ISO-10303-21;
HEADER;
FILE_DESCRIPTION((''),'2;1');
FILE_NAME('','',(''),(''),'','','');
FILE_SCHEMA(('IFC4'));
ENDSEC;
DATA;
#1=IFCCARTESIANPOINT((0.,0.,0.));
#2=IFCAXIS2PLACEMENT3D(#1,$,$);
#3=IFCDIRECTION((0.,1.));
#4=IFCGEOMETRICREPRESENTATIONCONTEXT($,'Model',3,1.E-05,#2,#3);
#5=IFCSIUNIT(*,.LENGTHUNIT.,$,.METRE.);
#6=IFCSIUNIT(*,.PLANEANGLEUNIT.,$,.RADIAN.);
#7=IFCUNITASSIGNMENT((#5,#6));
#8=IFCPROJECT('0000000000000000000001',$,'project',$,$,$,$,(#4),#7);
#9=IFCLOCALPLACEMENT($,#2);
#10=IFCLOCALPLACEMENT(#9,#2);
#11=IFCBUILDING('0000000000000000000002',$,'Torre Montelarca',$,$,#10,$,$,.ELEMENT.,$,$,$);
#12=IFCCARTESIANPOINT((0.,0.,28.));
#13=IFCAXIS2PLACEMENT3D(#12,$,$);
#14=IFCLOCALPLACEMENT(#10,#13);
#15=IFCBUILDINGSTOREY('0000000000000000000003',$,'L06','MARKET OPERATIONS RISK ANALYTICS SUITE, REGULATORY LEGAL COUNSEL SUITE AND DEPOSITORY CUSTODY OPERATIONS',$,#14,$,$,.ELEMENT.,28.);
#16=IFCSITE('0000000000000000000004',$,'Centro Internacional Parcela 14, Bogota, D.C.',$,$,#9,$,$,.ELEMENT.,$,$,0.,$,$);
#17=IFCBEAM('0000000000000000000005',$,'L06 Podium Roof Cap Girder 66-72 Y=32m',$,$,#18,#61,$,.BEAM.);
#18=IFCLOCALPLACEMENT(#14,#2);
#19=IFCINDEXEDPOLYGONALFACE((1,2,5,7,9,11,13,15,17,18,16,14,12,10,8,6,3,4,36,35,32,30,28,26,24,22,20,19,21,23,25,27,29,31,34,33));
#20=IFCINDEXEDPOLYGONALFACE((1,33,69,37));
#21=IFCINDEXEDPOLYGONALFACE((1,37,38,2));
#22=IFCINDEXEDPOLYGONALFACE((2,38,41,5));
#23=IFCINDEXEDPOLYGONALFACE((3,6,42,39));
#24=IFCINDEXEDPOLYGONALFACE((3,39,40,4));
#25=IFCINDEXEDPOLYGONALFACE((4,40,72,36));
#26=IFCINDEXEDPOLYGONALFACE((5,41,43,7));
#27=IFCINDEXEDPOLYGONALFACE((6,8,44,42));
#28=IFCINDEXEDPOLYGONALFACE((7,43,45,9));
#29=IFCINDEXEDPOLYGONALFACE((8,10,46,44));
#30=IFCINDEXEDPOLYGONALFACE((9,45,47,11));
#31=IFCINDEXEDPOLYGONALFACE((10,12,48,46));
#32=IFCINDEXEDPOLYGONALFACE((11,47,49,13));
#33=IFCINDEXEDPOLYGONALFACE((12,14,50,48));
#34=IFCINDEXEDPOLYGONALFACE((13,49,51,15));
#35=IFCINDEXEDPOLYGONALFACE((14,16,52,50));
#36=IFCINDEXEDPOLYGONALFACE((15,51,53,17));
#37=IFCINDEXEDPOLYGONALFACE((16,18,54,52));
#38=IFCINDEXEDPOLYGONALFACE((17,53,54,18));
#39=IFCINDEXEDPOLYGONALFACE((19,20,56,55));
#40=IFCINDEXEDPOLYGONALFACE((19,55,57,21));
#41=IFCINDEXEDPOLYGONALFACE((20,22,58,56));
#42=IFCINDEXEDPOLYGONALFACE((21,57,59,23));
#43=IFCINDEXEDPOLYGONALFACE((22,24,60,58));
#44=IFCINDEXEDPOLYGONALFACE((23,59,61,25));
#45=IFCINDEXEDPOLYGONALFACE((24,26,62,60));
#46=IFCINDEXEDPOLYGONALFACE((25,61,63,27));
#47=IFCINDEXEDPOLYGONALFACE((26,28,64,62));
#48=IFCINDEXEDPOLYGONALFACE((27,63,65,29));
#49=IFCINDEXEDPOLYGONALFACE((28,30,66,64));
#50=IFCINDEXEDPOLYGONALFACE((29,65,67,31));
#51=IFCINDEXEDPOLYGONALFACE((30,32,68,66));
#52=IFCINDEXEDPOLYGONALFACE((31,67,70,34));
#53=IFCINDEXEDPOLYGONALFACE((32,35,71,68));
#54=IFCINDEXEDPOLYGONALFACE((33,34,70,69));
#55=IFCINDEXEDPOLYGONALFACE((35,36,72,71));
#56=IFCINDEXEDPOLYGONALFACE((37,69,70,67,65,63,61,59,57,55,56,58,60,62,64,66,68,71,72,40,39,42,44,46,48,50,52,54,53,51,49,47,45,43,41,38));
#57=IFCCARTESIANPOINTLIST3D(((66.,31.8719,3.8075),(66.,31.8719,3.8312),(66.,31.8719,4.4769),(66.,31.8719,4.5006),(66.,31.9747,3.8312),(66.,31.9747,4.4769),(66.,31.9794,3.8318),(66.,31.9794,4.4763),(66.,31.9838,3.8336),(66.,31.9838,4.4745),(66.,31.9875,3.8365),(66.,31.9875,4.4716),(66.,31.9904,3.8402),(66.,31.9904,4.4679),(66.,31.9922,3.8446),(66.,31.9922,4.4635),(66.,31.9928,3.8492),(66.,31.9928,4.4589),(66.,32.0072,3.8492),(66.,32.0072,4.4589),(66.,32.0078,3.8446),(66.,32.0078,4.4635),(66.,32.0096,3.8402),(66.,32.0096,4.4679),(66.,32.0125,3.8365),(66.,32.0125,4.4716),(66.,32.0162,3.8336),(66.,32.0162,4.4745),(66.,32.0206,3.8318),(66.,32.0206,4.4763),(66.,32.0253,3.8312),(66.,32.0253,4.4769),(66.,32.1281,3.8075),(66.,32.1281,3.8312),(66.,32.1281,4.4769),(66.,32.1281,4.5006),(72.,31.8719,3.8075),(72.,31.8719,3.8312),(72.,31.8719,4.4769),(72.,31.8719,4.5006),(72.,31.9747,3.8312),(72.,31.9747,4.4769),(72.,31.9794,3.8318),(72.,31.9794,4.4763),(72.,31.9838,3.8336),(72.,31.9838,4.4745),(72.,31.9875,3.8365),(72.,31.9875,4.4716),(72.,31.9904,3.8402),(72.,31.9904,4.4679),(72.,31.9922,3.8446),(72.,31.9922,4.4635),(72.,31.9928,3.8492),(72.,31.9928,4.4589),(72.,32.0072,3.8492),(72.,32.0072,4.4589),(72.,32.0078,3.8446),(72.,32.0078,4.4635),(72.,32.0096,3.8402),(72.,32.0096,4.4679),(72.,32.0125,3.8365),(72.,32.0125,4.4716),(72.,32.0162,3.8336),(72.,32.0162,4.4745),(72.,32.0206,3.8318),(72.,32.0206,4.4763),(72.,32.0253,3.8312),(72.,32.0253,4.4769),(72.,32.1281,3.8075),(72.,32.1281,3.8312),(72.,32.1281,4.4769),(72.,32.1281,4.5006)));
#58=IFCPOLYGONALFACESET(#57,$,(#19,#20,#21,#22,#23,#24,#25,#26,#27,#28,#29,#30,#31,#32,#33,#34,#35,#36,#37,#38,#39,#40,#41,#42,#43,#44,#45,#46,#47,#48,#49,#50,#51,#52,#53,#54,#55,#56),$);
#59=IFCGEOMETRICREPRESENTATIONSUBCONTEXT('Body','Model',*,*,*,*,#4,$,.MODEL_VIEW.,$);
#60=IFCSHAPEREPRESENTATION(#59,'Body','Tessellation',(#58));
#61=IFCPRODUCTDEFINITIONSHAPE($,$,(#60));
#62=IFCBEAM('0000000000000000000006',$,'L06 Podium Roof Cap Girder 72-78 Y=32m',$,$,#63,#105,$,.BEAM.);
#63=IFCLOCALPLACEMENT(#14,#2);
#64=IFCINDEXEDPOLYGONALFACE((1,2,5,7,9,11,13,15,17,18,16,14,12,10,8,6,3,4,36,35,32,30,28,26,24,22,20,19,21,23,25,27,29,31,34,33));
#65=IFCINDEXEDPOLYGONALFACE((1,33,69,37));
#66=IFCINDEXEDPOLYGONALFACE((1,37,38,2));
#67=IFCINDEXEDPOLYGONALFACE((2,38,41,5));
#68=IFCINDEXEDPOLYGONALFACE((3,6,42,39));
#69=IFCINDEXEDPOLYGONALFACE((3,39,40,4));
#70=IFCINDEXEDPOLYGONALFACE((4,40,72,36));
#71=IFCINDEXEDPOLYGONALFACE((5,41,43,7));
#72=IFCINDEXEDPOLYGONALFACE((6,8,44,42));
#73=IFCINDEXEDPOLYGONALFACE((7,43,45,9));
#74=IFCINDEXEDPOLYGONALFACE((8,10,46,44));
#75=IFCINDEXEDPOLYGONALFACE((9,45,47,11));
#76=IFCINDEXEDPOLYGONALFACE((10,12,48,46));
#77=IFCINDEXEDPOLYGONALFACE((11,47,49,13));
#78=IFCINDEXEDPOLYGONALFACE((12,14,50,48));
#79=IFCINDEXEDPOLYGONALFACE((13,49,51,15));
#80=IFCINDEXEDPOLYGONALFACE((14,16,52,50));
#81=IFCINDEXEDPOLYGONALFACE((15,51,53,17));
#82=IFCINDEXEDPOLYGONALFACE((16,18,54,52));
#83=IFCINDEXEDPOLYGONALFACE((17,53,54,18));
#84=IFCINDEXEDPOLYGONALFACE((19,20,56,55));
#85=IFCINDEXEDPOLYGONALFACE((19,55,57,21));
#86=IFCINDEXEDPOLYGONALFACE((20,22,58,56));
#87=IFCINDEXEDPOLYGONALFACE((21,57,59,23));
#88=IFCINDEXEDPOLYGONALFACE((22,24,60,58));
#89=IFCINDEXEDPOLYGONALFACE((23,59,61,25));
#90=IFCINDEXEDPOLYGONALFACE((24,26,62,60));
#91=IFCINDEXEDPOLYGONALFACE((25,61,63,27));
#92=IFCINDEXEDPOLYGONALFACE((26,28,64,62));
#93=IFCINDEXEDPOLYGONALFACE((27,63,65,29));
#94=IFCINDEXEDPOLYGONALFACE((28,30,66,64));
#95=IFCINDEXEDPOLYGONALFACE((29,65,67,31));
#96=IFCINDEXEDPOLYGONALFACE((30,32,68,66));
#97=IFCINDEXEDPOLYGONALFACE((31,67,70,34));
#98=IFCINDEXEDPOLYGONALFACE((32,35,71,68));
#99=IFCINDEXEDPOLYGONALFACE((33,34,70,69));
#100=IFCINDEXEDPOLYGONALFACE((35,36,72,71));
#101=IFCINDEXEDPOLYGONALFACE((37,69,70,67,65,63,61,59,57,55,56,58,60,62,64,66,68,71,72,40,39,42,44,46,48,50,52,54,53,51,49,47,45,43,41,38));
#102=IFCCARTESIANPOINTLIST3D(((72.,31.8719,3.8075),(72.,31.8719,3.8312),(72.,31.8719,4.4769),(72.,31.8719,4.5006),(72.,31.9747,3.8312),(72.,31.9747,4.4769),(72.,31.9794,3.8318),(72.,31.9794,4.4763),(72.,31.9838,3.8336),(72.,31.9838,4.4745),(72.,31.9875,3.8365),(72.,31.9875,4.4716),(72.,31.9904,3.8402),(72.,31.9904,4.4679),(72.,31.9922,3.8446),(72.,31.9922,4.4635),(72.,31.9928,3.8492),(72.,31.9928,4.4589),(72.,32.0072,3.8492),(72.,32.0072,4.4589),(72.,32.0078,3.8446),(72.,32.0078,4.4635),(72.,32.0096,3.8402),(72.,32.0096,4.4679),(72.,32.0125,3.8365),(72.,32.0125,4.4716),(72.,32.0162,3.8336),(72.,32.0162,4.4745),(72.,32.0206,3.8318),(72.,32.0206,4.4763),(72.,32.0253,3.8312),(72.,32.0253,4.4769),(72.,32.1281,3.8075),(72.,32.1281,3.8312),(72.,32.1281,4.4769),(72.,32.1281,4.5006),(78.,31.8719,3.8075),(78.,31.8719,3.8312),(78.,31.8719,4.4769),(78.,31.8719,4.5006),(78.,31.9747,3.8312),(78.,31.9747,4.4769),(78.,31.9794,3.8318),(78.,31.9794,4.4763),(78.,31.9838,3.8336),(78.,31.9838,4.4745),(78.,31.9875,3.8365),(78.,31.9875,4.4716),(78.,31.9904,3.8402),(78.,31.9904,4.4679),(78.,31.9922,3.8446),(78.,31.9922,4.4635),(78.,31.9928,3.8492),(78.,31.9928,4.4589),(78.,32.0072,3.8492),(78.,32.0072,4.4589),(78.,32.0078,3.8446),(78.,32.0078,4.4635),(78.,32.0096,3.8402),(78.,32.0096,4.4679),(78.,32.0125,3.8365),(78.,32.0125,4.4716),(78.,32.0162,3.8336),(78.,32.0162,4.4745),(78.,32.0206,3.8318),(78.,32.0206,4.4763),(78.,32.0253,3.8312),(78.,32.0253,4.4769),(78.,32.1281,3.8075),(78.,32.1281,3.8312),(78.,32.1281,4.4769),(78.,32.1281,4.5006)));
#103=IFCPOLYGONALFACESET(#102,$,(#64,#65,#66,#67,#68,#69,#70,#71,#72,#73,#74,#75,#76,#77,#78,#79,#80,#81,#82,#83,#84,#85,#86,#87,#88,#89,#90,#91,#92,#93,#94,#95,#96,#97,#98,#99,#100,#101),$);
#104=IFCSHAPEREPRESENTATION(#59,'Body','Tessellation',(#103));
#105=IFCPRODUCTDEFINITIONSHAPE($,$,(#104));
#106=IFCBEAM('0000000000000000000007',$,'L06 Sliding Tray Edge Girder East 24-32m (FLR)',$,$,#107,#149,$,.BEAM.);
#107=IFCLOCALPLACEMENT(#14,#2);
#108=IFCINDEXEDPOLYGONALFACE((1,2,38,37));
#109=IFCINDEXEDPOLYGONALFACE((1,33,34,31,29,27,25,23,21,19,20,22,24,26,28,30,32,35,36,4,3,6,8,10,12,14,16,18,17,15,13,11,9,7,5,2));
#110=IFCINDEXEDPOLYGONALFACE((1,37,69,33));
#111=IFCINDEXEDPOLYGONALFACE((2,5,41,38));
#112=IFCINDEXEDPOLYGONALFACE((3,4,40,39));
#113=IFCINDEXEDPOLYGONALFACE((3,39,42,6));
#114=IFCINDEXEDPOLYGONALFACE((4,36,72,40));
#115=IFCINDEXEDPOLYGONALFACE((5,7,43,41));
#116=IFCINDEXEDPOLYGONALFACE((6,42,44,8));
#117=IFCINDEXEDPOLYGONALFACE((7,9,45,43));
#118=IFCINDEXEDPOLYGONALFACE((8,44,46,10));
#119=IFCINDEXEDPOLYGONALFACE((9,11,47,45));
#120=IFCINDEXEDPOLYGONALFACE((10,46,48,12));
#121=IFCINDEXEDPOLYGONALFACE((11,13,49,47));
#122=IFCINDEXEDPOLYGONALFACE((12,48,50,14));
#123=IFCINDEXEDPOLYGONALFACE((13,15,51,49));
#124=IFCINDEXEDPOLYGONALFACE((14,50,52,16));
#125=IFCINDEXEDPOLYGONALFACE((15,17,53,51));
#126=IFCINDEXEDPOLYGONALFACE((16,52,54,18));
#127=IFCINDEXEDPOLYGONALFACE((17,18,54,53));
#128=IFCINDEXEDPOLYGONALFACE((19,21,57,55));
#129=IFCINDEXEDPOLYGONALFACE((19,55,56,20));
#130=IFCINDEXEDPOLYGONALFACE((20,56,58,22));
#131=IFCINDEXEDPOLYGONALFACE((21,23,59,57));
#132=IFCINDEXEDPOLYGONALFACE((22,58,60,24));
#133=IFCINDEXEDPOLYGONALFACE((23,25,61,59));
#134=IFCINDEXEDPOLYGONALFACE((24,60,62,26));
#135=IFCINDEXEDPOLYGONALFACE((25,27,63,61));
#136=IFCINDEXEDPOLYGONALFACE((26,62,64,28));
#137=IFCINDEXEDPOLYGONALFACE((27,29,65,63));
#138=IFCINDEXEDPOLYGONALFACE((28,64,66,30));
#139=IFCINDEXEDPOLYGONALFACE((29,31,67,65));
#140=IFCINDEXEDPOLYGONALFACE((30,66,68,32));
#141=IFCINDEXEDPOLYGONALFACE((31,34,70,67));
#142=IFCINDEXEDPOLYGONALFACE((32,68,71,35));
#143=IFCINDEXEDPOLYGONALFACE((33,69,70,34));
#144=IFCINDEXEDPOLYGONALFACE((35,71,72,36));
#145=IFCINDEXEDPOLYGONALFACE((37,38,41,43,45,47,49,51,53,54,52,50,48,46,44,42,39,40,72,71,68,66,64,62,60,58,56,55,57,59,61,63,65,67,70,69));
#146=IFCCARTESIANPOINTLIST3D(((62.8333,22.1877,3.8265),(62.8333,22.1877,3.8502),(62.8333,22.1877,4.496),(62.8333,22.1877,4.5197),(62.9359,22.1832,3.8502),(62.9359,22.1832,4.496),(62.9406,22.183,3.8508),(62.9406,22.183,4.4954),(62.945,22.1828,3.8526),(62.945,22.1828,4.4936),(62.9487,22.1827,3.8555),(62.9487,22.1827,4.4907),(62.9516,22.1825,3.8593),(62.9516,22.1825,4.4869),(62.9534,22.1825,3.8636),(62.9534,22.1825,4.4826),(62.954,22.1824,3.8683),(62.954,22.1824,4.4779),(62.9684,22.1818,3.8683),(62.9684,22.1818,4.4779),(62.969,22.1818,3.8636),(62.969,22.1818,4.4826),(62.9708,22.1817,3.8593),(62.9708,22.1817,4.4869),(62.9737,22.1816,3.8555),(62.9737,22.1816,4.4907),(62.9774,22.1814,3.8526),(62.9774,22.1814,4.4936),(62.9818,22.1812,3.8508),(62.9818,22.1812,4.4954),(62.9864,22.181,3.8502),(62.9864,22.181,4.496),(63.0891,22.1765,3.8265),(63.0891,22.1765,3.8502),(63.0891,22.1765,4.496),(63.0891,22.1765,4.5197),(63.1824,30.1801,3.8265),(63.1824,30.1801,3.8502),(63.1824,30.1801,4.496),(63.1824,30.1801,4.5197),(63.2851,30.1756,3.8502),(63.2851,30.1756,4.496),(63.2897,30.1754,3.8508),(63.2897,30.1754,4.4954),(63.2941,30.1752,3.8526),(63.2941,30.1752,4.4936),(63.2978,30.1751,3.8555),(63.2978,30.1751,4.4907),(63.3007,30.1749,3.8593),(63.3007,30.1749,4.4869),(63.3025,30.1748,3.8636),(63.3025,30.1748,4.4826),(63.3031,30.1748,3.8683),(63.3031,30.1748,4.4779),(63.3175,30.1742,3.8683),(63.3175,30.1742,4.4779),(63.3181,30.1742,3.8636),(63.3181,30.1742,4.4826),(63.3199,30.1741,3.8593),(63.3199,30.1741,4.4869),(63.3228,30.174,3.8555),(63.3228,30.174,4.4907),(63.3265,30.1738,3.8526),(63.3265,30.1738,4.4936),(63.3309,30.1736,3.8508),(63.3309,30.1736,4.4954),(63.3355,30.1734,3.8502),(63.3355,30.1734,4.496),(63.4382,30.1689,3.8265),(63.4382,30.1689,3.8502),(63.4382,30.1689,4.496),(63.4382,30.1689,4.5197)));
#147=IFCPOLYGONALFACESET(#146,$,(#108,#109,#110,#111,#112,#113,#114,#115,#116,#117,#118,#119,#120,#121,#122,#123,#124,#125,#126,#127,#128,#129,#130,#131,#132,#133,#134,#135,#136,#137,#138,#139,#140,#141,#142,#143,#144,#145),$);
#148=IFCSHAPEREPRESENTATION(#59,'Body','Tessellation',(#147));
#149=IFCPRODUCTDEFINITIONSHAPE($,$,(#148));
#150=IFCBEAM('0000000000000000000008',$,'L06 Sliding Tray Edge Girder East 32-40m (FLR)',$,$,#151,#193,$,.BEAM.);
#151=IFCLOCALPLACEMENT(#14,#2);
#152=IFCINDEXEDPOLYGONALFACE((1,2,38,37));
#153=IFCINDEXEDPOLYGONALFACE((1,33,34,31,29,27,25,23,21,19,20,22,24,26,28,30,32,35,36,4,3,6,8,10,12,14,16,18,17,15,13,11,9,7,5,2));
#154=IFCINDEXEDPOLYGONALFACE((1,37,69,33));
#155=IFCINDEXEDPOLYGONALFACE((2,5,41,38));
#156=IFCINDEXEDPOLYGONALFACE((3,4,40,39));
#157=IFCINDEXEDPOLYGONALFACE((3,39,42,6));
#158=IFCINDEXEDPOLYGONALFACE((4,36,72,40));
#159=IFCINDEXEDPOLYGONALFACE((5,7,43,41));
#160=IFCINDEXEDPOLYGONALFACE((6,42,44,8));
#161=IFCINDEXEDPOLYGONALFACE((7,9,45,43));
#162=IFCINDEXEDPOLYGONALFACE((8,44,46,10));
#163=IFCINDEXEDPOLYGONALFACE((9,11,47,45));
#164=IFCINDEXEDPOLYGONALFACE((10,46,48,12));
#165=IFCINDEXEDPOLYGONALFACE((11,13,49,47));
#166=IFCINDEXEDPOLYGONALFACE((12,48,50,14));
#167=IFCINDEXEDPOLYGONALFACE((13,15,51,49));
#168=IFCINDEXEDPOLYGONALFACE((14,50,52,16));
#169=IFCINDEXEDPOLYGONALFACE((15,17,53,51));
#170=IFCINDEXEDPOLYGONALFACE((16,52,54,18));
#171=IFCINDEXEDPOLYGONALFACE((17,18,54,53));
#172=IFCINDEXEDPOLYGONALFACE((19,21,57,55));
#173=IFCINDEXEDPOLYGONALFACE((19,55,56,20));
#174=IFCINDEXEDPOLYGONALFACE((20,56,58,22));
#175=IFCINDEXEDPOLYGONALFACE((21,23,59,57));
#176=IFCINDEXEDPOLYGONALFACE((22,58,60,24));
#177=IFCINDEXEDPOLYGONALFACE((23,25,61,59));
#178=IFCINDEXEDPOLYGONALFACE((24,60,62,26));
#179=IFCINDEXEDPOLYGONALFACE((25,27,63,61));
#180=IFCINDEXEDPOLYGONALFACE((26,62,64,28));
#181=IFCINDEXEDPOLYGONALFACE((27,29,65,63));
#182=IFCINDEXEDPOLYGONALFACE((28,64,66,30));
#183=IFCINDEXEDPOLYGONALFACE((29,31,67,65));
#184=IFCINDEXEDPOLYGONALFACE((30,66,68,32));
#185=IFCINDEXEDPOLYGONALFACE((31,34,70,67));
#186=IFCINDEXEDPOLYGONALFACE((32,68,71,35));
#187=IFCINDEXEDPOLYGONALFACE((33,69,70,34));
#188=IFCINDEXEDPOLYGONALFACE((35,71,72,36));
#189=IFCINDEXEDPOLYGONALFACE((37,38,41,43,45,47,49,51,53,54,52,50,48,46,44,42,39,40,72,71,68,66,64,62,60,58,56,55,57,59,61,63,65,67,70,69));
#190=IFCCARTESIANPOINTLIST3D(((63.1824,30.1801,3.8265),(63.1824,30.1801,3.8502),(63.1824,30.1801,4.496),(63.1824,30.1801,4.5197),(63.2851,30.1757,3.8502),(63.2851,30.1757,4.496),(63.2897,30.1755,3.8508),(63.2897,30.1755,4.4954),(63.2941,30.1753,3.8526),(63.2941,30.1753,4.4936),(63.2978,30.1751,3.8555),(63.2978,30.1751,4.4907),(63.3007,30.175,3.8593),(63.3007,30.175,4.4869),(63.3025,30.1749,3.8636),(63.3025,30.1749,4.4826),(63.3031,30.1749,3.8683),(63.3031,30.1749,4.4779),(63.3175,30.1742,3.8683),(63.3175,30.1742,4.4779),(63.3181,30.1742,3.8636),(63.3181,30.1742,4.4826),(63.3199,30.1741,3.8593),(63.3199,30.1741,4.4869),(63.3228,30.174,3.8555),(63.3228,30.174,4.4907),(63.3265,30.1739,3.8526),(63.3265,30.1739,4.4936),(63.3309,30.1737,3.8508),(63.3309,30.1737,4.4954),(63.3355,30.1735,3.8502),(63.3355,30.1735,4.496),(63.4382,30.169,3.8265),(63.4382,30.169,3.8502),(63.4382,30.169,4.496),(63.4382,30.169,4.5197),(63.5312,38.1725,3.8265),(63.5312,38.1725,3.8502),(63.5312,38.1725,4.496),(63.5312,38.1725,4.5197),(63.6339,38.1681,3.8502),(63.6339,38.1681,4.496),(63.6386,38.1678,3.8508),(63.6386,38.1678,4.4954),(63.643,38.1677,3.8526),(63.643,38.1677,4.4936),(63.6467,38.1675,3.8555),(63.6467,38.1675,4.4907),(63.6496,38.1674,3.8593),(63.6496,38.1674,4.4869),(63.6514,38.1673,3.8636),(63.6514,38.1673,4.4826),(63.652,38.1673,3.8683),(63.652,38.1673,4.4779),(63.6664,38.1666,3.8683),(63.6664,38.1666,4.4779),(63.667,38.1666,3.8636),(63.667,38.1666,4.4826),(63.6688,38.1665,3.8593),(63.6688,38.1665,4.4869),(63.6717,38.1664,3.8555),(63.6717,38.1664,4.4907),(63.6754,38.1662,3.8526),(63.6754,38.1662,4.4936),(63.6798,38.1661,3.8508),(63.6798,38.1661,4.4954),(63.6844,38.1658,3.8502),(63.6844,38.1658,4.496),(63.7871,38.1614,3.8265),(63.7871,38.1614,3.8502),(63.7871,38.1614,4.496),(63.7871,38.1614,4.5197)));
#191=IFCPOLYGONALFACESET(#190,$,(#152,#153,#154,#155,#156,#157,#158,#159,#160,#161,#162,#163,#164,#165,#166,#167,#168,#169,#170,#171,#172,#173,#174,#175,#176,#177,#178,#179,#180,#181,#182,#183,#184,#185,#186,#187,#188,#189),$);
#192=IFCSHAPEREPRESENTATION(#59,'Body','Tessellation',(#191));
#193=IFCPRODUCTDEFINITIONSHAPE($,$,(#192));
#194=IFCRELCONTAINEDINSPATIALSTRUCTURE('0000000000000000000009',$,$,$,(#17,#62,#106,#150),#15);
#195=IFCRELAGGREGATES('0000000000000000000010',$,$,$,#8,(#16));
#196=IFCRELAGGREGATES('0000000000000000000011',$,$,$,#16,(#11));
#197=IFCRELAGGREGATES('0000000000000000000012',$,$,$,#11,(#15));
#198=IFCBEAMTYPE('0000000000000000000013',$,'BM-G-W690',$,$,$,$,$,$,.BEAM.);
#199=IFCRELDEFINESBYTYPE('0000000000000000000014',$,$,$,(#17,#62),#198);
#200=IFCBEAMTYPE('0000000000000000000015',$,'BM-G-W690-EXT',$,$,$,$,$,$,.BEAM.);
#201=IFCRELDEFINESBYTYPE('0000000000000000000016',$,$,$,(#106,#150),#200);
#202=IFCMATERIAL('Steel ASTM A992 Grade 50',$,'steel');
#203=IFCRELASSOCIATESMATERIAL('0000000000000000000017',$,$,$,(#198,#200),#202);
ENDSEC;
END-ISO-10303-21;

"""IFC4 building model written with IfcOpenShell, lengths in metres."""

from ifc_helpers import new_model, si_unit, direction, frame, origin, origin_2d, place, context, subcontext, project, spatial, i_section, extrude, source, transform, mapped, material, material_profile, profile_set, type_object, element, save


model = new_model("IFC4")

# Units and contexts
model_context = context("Model", 3, precision=1e-05, world=origin(), true_north=direction((0.0, 1.0)))
body_context = subcontext(model_context, "Body", "Model", "MODEL_VIEW")
ifc_project = project(units=[si_unit("LENGTHUNIT", "METRE"), si_unit("PLANEANGLEUNIT", "RADIAN")], contexts=[model_context])

# Site, building, storey
site_placement = place(None, origin())
site = spatial("IfcSite", under=ifc_project, at=site_placement, Name="Centro Internacional Parcela 14, Bogota, D.C.", CompositionType="ELEMENT", RefElevation=0.0)
building_placement = place(site_placement, origin())
building = spatial("IfcBuilding", under=site, at=building_placement, Name="Torre Montelarca", CompositionType="ELEMENT")
storey_placement = place(building_placement, frame((0.0, 0.0, 28.0)))
storey = spatial("IfcBuildingStorey", under=building, at=storey_placement, Name="L06", Description="MARKET OPERATIONS RISK ANALYTICS SUITE, REGULATORY LEGAL COUNSEL SUITE AND DEPOSITORY CUSTODY OPERATIONS", CompositionType="ELEMENT", Elevation=28.0)

# Shared definitions
ifc_material_1 = material(Name="Steel ASTM A992 Grade 50", Category="steel")

# Beams
ifc_material_profile_1 = material_profile(ifc_material_1, i_section(OverallWidth=0.2561, OverallDepth=0.6931, WebThickness=0.0144, FlangeThickness=0.0237, FilletRadius=0.0181, at=origin_2d()), Name="W690X170", Category="steel")
ifc_profile_set_1 = profile_set([ifc_material_profile_1], Name="Steel ASTM A992 Grade 50")
beam_type_1 = type_object("IfcBeamType", Name="BM-G-W690", PredefinedType="BEAM", material=ifc_profile_set_1)
shared_shape_1 = source(origin(), body_context, "Body", "SweptSolid", [
    extrude(i_section(OverallWidth=0.2561, OverallDepth=0.6931, WebThickness=0.0144, FlangeThickness=0.0237, FilletRadius=0.0181, at=origin_2d()), origin(), (0.0, 0.0, 1.0), 6.0),
])
for number, where, z_axis, x_axis, name in (
    (1, (66.0, 32.0, 4.1541), (1.0, 0.0, 0.0), (0.0, 1.0, 0.0), "L06 Podium Roof Cap Girder 66-72 Y=32m"),
    (2, (72.0, 32.0, 4.1541), (1.0, 0.0, 0.0), (0.0, 1.0, 0.0), "L06 Podium Roof Cap Girder 72-78 Y=32m"),
):
    element("IfcBeam", number, at=place(storey_placement, frame(where, z_axis=z_axis, x_axis=x_axis)), inside=storey, type_object=beam_type_1, Name=name, PredefinedType="BEAM", context=body_context, shape_type="MappedRepresentation", body=[
        mapped(shared_shape_1, transform((0.0, 0.0, 0.0), scale=1.0)),
    ])
ifc_material_profile_2 = material_profile(ifc_material_1, i_section(OverallWidth=0.2561, OverallDepth=0.6931, WebThickness=0.0144, FlangeThickness=0.0237, FilletRadius=0.0181, at=origin_2d()), Name="W690X170", Category="steel")
ifc_profile_set_2 = profile_set([ifc_material_profile_2], Name="Steel ASTM A992 Grade 50")
beam_type_2 = type_object("IfcBeamType", Name="BM-G-W690-EXT", PredefinedType="BEAM", material=ifc_profile_set_2)
shared_shape_2 = source(origin(), body_context, "Body", "SweptSolid", [
    extrude(i_section(OverallWidth=0.2561, OverallDepth=0.6931, WebThickness=0.0144, FlangeThickness=0.0237, FilletRadius=0.0181, at=origin_2d()), origin(), (0.0, 0.0, 1.0), 8.0),
])
for number, where, z_axis, x_axis, name in (
    (3, (62.9612, 22.1821, 4.1731), (0.04364, 0.999047, 0.0), (-0.999047, 0.04364, 0.0), "L06 Sliding Tray Edge Girder East 24-32m (FLR)"),
    (4, (63.3103, 30.1746, 4.1731), (0.043609, 0.999049, 0.0), (-0.999049, 0.043609, 0.0), "L06 Sliding Tray Edge Girder East 32-40m (FLR)"),
):
    element("IfcBeam", number, at=place(storey_placement, frame(where, z_axis=z_axis, x_axis=x_axis)), inside=storey, type_object=beam_type_2, Name=name, PredefinedType="BEAM", context=body_context, shape_type="MappedRepresentation", body=[
        mapped(shared_shape_2, transform((0.0, 0.0, 0.0), scale=1.0)),
    ])

save(model, "model.ifc")
